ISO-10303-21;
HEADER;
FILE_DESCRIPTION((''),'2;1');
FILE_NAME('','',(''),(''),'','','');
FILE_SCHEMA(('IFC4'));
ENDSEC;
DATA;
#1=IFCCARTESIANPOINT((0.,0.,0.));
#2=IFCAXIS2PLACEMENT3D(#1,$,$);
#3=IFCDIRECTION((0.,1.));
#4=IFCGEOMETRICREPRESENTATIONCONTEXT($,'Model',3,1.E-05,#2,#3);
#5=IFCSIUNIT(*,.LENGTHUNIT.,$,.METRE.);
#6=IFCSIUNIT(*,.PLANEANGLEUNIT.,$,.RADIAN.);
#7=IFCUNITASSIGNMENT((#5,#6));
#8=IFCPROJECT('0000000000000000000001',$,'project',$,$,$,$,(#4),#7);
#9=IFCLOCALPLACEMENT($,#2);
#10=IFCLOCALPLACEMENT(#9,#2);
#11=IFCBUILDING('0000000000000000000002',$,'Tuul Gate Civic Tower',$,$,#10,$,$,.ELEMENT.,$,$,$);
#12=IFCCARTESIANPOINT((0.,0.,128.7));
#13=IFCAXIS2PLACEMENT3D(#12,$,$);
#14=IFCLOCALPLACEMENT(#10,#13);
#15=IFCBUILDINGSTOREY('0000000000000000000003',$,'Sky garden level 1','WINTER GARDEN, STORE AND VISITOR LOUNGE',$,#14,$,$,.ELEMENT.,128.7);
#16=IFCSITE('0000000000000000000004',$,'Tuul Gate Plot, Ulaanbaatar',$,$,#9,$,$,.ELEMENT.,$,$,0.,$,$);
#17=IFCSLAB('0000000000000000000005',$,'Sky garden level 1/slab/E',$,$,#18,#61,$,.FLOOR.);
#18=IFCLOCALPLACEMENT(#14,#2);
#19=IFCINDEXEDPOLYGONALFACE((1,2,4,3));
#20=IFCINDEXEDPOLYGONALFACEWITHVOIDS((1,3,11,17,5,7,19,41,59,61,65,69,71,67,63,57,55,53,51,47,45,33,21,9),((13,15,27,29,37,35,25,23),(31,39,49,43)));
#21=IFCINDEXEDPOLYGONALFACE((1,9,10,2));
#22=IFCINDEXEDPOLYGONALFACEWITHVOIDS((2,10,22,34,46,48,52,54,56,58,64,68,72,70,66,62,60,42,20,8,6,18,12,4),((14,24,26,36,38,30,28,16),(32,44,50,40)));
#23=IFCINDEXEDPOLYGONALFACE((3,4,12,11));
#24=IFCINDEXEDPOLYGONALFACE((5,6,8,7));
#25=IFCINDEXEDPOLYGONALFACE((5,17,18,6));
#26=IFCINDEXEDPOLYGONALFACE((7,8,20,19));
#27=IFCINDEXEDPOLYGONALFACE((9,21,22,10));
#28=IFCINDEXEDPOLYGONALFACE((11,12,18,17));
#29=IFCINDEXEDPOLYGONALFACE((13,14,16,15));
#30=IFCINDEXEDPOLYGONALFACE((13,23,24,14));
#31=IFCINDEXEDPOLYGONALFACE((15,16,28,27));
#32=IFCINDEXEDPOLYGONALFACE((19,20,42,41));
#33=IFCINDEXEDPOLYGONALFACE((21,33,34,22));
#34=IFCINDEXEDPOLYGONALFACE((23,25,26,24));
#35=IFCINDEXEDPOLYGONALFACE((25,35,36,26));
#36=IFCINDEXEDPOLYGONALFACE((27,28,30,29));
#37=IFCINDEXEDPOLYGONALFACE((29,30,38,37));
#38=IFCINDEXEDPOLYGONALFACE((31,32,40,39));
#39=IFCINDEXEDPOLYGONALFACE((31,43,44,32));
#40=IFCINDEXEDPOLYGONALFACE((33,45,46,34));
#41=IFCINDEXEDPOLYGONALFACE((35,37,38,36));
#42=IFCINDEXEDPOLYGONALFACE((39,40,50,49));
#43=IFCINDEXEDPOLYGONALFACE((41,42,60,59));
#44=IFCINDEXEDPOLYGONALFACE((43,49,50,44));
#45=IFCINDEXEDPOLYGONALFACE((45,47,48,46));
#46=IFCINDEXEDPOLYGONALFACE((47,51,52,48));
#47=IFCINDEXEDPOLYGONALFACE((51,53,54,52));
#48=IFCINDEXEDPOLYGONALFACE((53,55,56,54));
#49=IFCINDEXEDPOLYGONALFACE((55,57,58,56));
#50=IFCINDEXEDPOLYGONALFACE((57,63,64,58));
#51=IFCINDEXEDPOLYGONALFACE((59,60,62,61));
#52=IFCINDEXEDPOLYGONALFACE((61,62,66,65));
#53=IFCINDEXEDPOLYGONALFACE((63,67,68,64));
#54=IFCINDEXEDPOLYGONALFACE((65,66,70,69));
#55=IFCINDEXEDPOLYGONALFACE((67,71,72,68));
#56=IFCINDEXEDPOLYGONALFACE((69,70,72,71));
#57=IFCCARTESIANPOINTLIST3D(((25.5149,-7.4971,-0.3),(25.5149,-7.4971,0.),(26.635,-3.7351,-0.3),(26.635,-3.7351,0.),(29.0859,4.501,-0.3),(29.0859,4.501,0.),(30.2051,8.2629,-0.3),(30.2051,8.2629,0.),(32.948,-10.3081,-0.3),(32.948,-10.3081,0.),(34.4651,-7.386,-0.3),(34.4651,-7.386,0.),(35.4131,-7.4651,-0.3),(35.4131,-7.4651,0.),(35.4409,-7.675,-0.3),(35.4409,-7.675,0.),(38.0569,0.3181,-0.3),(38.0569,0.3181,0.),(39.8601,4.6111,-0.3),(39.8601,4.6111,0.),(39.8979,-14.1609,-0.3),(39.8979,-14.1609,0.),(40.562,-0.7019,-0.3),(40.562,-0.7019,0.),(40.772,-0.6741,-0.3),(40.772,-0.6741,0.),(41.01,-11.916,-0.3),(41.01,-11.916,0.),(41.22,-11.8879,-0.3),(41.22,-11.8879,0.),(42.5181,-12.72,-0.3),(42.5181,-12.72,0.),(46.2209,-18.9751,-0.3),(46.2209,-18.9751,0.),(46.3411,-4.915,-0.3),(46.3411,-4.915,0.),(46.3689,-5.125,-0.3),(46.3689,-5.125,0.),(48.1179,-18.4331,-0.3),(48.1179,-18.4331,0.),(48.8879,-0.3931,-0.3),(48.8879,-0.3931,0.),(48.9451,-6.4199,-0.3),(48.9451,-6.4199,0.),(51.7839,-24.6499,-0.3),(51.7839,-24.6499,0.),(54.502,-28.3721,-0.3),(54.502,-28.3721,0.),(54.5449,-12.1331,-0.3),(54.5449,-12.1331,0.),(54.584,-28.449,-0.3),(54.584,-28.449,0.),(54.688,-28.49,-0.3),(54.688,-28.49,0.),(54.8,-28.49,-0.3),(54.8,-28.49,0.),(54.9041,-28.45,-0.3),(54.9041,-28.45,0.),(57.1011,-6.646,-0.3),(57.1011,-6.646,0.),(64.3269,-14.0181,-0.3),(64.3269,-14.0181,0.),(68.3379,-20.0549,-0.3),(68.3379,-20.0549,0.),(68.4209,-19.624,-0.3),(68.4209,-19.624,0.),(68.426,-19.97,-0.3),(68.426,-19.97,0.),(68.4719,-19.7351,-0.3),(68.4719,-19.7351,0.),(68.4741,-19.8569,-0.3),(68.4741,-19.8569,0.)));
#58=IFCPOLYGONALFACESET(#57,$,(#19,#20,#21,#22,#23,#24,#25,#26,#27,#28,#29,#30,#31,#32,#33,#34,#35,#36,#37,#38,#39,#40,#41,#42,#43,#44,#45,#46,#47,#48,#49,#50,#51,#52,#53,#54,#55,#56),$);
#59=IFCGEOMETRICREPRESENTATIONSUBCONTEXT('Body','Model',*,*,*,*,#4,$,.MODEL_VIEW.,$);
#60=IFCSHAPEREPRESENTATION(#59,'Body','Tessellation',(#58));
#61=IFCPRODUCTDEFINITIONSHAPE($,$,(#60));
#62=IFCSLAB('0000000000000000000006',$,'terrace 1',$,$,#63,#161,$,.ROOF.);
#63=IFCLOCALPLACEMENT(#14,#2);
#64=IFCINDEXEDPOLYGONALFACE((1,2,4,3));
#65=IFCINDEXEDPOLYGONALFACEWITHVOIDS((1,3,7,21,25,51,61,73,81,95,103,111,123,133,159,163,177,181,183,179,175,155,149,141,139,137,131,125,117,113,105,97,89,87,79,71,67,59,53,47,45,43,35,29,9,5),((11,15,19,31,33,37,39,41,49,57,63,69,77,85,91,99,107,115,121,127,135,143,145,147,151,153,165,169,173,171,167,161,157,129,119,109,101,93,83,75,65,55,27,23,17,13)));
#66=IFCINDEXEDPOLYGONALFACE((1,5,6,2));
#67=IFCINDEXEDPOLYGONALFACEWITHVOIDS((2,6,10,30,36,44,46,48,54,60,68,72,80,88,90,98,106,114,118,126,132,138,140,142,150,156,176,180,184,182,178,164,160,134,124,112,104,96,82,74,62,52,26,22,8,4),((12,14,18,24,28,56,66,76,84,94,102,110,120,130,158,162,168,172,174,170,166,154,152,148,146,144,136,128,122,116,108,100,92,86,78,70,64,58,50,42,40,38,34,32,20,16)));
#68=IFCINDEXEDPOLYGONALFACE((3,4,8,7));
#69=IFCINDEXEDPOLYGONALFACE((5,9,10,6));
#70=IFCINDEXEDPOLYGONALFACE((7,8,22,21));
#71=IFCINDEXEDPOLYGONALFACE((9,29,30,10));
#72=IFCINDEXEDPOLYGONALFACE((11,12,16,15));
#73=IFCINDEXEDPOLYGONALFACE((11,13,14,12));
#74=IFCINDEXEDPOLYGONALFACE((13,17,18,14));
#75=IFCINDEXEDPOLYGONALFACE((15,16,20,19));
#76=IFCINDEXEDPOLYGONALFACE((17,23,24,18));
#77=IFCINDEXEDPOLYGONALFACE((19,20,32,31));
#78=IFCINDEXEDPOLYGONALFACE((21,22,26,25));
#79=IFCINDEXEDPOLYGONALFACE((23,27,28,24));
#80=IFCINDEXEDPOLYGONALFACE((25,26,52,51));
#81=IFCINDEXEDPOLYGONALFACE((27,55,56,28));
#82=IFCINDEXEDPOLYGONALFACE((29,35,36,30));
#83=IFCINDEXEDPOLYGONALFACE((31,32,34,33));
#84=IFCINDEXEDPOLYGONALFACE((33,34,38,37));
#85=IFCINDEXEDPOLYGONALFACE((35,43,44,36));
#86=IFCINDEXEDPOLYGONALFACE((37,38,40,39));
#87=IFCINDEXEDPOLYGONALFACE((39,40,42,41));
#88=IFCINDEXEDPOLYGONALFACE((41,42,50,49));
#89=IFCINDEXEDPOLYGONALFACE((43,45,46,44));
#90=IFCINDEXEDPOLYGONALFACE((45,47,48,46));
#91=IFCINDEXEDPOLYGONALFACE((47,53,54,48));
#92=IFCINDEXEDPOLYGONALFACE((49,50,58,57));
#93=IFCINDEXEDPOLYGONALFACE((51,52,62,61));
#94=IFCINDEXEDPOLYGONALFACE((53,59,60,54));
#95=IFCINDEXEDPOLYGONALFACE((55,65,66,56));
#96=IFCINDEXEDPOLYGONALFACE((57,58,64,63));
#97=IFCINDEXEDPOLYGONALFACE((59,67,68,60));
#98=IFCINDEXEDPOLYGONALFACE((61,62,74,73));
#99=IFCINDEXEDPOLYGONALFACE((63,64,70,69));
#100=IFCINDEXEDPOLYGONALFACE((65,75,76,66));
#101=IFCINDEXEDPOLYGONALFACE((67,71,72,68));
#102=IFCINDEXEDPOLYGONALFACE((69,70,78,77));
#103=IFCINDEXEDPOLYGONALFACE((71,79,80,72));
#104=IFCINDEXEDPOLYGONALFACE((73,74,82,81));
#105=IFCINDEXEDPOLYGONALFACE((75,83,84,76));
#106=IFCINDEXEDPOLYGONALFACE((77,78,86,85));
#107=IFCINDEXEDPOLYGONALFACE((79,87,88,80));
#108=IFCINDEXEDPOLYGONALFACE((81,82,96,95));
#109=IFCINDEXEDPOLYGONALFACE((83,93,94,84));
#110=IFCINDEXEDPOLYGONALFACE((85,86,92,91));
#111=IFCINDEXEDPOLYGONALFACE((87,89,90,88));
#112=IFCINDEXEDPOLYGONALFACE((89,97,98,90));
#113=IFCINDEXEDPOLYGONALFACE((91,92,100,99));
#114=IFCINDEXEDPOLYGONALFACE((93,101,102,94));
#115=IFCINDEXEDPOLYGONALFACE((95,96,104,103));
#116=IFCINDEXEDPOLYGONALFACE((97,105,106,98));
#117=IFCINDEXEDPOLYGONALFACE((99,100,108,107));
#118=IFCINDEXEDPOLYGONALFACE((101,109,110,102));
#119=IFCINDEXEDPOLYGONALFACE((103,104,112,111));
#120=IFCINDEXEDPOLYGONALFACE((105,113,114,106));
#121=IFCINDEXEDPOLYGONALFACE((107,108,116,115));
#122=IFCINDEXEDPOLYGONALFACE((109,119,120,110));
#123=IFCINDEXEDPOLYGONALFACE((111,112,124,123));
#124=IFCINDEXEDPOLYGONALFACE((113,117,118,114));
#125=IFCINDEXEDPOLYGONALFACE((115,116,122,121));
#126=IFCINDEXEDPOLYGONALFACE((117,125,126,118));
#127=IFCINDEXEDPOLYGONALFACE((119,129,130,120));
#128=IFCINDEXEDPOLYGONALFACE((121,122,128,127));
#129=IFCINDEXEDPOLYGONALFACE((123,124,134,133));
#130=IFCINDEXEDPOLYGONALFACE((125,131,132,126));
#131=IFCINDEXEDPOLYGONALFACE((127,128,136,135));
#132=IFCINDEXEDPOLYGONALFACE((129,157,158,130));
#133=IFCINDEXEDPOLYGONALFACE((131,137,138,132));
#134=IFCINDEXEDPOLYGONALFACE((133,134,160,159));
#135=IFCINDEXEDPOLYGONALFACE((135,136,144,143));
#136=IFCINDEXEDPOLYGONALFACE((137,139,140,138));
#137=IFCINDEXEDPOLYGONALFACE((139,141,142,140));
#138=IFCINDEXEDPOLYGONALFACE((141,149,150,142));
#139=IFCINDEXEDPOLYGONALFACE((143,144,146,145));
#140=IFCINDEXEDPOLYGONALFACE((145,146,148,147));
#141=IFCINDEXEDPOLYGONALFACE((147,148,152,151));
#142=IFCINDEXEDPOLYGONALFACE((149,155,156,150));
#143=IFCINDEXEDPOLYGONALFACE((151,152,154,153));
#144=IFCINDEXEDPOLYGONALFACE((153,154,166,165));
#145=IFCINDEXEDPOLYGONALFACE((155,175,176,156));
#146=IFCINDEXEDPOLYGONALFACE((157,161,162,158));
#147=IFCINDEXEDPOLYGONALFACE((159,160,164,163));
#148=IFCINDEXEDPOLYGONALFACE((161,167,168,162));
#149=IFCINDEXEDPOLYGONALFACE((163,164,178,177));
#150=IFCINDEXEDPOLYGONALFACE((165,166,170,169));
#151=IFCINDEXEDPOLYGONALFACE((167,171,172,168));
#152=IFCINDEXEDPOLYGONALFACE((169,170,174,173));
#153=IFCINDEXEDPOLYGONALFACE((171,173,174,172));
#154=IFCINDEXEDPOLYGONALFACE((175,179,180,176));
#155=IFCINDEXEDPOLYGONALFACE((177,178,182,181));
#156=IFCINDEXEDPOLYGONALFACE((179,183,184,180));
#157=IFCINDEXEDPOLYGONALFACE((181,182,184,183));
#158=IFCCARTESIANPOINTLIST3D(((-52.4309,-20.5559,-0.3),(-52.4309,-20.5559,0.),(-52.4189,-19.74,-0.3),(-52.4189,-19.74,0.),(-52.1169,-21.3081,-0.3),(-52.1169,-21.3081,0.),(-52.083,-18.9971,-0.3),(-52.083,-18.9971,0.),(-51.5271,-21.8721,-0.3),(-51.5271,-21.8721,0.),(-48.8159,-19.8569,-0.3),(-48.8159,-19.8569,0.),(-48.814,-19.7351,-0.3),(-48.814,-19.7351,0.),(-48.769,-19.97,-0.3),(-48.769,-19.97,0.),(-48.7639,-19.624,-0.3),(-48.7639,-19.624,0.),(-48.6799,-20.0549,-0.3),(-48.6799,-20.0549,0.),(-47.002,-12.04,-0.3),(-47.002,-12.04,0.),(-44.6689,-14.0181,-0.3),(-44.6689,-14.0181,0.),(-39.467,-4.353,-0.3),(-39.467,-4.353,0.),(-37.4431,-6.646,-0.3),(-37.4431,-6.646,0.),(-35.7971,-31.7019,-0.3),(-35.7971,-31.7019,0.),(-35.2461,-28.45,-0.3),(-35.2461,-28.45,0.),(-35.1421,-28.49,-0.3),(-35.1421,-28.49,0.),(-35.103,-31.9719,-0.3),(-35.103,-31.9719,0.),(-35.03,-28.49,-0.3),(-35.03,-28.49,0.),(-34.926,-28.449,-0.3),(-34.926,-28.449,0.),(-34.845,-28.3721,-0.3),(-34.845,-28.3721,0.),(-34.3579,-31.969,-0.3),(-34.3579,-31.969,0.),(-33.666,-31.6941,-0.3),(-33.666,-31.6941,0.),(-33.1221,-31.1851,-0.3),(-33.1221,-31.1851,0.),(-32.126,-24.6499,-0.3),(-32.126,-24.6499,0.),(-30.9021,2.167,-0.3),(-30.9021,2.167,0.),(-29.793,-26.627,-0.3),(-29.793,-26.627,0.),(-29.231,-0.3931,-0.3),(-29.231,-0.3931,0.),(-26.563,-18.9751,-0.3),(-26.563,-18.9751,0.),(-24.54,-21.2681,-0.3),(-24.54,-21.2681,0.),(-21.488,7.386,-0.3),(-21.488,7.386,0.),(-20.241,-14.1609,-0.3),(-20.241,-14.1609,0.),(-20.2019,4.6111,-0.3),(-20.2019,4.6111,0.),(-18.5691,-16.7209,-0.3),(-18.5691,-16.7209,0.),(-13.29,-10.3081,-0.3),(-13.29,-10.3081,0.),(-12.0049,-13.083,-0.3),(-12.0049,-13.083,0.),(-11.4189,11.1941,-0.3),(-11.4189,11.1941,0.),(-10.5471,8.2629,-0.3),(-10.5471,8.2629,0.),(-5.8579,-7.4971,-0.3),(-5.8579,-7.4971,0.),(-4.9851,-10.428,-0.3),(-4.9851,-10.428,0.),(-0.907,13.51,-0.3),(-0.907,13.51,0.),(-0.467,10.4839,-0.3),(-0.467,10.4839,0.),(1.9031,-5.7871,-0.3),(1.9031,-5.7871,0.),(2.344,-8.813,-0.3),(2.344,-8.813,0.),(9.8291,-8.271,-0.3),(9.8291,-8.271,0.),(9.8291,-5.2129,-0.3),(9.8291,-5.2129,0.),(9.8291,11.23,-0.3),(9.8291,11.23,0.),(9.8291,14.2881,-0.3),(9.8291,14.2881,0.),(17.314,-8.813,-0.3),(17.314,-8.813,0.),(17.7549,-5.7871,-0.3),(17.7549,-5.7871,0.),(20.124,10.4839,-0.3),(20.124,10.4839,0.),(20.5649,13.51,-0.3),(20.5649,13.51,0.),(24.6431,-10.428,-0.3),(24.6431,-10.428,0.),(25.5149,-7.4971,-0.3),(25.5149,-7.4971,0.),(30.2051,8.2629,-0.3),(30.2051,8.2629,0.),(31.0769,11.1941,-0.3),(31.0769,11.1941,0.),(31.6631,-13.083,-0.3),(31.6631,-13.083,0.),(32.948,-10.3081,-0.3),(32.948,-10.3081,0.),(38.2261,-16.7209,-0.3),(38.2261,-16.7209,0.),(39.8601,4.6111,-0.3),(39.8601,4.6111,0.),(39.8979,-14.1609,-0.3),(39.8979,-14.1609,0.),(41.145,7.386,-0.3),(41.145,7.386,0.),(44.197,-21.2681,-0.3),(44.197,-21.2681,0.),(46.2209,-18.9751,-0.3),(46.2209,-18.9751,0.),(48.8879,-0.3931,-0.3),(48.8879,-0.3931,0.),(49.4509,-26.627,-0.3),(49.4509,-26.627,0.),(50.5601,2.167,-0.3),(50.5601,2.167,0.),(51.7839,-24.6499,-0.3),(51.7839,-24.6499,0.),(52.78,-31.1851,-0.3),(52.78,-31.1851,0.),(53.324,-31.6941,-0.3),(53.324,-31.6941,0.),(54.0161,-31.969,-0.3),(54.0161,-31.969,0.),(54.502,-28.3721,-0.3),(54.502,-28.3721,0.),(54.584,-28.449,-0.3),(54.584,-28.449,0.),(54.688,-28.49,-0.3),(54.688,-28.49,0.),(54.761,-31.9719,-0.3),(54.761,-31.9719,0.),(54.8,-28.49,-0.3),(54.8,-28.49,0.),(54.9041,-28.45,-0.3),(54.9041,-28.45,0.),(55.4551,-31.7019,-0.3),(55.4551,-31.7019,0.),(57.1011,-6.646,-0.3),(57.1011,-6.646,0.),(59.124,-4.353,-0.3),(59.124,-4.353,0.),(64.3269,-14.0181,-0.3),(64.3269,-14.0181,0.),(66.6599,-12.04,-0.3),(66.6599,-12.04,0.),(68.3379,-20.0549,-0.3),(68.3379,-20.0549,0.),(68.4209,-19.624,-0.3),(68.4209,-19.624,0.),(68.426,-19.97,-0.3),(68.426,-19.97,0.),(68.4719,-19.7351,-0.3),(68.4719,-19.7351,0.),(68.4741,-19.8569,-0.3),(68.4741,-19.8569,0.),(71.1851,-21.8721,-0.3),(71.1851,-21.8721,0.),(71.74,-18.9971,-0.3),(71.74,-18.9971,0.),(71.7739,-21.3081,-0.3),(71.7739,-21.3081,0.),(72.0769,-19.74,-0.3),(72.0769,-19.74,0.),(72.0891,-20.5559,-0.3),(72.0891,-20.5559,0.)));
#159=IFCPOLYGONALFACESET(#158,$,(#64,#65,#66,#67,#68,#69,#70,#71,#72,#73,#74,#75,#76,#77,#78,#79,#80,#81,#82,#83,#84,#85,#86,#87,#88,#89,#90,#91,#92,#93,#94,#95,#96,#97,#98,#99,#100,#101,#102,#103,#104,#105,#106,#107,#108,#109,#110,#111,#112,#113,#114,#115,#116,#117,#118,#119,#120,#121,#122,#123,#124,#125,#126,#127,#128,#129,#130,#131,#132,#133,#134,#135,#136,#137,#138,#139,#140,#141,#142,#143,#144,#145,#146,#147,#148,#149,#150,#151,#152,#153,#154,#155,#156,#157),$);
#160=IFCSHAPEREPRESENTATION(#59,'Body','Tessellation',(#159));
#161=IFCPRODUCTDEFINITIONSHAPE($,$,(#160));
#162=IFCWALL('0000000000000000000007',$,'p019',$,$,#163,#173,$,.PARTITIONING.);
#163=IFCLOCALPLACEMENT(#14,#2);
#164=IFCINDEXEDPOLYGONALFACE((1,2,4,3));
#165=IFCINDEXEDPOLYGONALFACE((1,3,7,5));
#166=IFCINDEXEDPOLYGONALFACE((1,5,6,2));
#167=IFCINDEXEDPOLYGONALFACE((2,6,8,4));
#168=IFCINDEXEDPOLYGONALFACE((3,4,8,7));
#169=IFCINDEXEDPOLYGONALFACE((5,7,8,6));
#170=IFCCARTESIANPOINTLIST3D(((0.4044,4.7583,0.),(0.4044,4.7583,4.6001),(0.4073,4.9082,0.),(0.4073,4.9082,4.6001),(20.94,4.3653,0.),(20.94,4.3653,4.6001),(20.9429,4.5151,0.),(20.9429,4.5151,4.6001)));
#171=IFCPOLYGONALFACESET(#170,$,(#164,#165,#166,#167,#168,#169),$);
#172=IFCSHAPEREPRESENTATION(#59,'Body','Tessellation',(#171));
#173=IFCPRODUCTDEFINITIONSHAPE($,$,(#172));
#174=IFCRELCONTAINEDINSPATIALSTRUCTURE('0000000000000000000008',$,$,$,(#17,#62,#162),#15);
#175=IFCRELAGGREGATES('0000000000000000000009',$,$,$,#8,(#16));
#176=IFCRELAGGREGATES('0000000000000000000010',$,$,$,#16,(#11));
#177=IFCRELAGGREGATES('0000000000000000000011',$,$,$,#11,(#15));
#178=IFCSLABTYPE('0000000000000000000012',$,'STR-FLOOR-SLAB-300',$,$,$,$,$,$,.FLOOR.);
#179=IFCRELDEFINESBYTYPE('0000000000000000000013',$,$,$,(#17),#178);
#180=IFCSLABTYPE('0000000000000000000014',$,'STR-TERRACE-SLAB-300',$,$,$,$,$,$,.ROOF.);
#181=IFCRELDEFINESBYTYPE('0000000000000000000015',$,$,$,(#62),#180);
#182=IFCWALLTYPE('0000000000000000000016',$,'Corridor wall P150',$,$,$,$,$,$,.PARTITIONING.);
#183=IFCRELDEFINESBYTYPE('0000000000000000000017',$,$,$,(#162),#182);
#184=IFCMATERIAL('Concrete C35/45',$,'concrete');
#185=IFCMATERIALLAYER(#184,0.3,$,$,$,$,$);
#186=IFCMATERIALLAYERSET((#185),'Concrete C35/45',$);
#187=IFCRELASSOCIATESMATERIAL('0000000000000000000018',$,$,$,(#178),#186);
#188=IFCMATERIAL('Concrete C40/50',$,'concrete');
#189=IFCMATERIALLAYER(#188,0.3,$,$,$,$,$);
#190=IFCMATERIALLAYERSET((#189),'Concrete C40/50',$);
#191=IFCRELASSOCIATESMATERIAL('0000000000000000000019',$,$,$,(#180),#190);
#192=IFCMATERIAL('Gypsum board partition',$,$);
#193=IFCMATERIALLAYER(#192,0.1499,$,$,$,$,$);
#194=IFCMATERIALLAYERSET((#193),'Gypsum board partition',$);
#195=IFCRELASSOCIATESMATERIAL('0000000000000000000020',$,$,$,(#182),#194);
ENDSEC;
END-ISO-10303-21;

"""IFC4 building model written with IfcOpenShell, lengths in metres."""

from ifc_helpers import new_model, si_unit, direction, frame, frame_2d, origin, place, context, subcontext, project, spatial, polyline, rectangle, outline, extrude, material, layer, layer_set, type_object, element, save


model = new_model("IFC4")

# Units and contexts
model_context = context("Model", 3, precision=1e-05, world=origin(), true_north=direction((0.0, 1.0)))
body_context = subcontext(model_context, "Body", "Model", "MODEL_VIEW")
ifc_project = project(units=[si_unit("LENGTHUNIT", "METRE"), si_unit("PLANEANGLEUNIT", "RADIAN")], contexts=[model_context])

# Site, building, storey
site_placement = place(None, origin())
site = spatial("IfcSite", under=ifc_project, at=site_placement, Name="Tuul Gate Plot, Ulaanbaatar", CompositionType="ELEMENT", RefElevation=0.0)
building_placement = place(site_placement, origin())
building = spatial("IfcBuilding", under=site, at=building_placement, Name="Tuul Gate Civic Tower", CompositionType="ELEMENT")
storey_placement = place(building_placement, frame((0.0, 0.0, 128.7)))
storey = spatial("IfcBuildingStorey", under=building, at=storey_placement, Name="Sky garden level 1", Description="WINTER GARDEN, STORE AND VISITOR LOUNGE", CompositionType="ELEMENT", Elevation=128.7)

# Slabs
ifc_material_1 = material(Name="Concrete C35/45", Category="concrete")
ifc_layer_1 = layer(ifc_material_1, 0.3)
ifc_layer_set_1 = layer_set([ifc_layer_1], Name="Concrete C35/45")
slab_type_1 = type_object("IfcSlabType", Name="STR-FLOOR-SLAB-300", PredefinedType="FLOOR", material=ifc_layer_set_1)
slab_1_placement = place(storey_placement, frame((0.0, 0.0, -0.3)))
element("IfcSlab", 1, at=slab_1_placement, inside=storey, type_object=slab_type_1, Name="Sky garden level 1/slab/E", PredefinedType="FLOOR", context=body_context, shape_type="SweptSolid", body=[
    extrude(outline(polyline([(54.8, -28.49), (54.9041, -28.45), (68.3379, -20.0549), (68.426, -19.97), (68.4741, -19.8569), (68.4719, -19.7351), (68.4209, -19.624), (64.3269, -14.0181), (57.1011, -6.646), (48.8879, -0.3931), (39.8601, 4.6111), (30.2051, 8.2629), (29.0859, 4.501), (38.0569, 0.3181), (34.4651, -7.386), (26.635, -3.7351), (25.5149, -7.4971), (32.948, -10.3081), (39.8979, -14.1609), (46.2209, -18.9751), (51.7839, -24.6499), (54.502, -28.3721), (54.584, -28.449), (54.688, -28.49), (54.8, -28.49)]), holes=[polyline([(42.5181, -12.72), (48.9451, -6.4199), (54.5449, -12.1331), (48.1179, -18.4331), (42.5181, -12.72)]), polyline([(41.01, -11.916), (35.4409, -7.675), (35.4131, -7.4651), (40.562, -0.7019), (40.772, -0.6741), (46.3411, -4.915), (46.3689, -5.125), (41.22, -11.8879), (41.01, -11.916)])]), origin(), (0.0, 0.0, 1.0), 0.3),
])
ifc_material_2 = material(Name="Concrete C40/50", Category="concrete")
ifc_layer_2 = layer(ifc_material_2, 0.3)
ifc_layer_set_2 = layer_set([ifc_layer_2], Name="Concrete C40/50")
slab_type_2 = type_object("IfcSlabType", Name="STR-TERRACE-SLAB-300", PredefinedType="ROOF", material=ifc_layer_set_2)
slab_2_placement = place(storey_placement, frame((0.0, 0.0, -0.3)))
element("IfcSlab", 2, at=slab_2_placement, inside=storey, type_object=slab_type_2, Name="terrace 1", PredefinedType="ROOF", context=body_context, shape_type="SweptSolid", body=[
    extrude(outline(polyline([(55.4551, -31.7019), (54.761, -31.9719), (54.0161, -31.969), (53.324, -31.6941), (52.78, -31.1851), (49.4509, -26.627), (44.197, -21.2681), (38.2261, -16.7209), (31.6631, -13.083), (24.6431, -10.428), (17.314, -8.813), (9.8291, -8.271), (2.344, -8.813), (-4.9851, -10.428), (-12.0049, -13.083), (-18.5691, -16.7209), (-24.54, -21.2681), (-29.793, -26.627), (-33.1221, -31.1851), (-33.666, -31.6941), (-34.3579, -31.969), (-35.103, -31.9719), (-35.7971, -31.7019), (-51.5271, -21.8721), (-52.1169, -21.3081), (-52.4309, -20.5559), (-52.4189, -19.74), (-52.083, -18.9971), (-47.002, -12.04), (-39.467, -4.353), (-30.9021, 2.167), (-21.488, 7.386), (-11.4189, 11.1941), (-0.907, 13.51), (9.8291, 14.2881), (20.5649, 13.51), (31.0769, 11.1941), (41.145, 7.386), (50.5601, 2.167), (59.124, -4.353), (66.6599, -12.04), (71.74, -18.9971), (72.0769, -19.74), (72.0891, -20.5559), (71.7739, -21.3081), (71.1851, -21.8721), (55.4551, -31.7019)]), holes=[polyline([(68.426, -19.97), (68.4741, -19.8569), (68.4719, -19.7351), (68.4209, -19.624), (64.3269, -14.0181), (57.1011, -6.646), (48.8879, -0.3931), (39.8601, 4.6111), (30.2051, 8.2629), (20.124, 10.4839), (9.8291, 11.23), (-0.467, 10.4839), (-10.5471, 8.2629), (-20.2019, 4.6111), (-29.231, -0.3931), (-37.4431, -6.646), (-44.6689, -14.0181), (-48.7639, -19.624), (-48.814, -19.7351), (-48.8159, -19.8569), (-48.769, -19.97), (-48.6799, -20.0549), (-35.2461, -28.45), (-35.1421, -28.49), (-35.03, -28.49), (-34.926, -28.449), (-34.845, -28.3721), (-32.126, -24.6499), (-26.563, -18.9751), (-20.241, -14.1609), (-13.29, -10.3081), (-5.8579, -7.4971), (1.9031, -5.7871), (9.8291, -5.2129), (17.7549, -5.7871), (25.5149, -7.4971), (32.948, -10.3081), (39.8979, -14.1609), (46.2209, -18.9751), (51.7839, -24.6499), (54.502, -28.3721), (54.584, -28.449), (54.688, -28.49), (54.8, -28.49), (54.9041, -28.45), (68.3379, -20.0549), (68.426, -19.97)])]), origin(), (0.0, 0.0, 1.0), 0.3),
])

# Wall
ifc_material_3 = material(Name="Gypsum board partition")
ifc_layer_3 = layer(ifc_material_3, 0.1499)
ifc_layer_set_3 = layer_set([ifc_layer_3], Name="Gypsum board partition")
wall_type = type_object("IfcWallType", Name="Corridor wall P150", PredefinedType="PARTITIONING", material=ifc_layer_set_3)
wall_1_placement = place(storey_placement, frame((0.406, 4.8333, 0.0), z_axis=(0.0, 0.0, 1.0), x_axis=(0.999817, -0.019137, 0.0)))
element("IfcWall", 3, at=wall_1_placement, inside=storey, type_object=wall_type, Name="p019", PredefinedType="PARTITIONING", context=body_context, shape_type="SweptSolid", body=[
    extrude(rectangle(XDim=20.5393, YDim=0.1499, at=frame_2d((10.2695, 0.0))), origin(), (0.0, 0.0, 1.0), 4.6001),
])

save(model, "model.ifc")
